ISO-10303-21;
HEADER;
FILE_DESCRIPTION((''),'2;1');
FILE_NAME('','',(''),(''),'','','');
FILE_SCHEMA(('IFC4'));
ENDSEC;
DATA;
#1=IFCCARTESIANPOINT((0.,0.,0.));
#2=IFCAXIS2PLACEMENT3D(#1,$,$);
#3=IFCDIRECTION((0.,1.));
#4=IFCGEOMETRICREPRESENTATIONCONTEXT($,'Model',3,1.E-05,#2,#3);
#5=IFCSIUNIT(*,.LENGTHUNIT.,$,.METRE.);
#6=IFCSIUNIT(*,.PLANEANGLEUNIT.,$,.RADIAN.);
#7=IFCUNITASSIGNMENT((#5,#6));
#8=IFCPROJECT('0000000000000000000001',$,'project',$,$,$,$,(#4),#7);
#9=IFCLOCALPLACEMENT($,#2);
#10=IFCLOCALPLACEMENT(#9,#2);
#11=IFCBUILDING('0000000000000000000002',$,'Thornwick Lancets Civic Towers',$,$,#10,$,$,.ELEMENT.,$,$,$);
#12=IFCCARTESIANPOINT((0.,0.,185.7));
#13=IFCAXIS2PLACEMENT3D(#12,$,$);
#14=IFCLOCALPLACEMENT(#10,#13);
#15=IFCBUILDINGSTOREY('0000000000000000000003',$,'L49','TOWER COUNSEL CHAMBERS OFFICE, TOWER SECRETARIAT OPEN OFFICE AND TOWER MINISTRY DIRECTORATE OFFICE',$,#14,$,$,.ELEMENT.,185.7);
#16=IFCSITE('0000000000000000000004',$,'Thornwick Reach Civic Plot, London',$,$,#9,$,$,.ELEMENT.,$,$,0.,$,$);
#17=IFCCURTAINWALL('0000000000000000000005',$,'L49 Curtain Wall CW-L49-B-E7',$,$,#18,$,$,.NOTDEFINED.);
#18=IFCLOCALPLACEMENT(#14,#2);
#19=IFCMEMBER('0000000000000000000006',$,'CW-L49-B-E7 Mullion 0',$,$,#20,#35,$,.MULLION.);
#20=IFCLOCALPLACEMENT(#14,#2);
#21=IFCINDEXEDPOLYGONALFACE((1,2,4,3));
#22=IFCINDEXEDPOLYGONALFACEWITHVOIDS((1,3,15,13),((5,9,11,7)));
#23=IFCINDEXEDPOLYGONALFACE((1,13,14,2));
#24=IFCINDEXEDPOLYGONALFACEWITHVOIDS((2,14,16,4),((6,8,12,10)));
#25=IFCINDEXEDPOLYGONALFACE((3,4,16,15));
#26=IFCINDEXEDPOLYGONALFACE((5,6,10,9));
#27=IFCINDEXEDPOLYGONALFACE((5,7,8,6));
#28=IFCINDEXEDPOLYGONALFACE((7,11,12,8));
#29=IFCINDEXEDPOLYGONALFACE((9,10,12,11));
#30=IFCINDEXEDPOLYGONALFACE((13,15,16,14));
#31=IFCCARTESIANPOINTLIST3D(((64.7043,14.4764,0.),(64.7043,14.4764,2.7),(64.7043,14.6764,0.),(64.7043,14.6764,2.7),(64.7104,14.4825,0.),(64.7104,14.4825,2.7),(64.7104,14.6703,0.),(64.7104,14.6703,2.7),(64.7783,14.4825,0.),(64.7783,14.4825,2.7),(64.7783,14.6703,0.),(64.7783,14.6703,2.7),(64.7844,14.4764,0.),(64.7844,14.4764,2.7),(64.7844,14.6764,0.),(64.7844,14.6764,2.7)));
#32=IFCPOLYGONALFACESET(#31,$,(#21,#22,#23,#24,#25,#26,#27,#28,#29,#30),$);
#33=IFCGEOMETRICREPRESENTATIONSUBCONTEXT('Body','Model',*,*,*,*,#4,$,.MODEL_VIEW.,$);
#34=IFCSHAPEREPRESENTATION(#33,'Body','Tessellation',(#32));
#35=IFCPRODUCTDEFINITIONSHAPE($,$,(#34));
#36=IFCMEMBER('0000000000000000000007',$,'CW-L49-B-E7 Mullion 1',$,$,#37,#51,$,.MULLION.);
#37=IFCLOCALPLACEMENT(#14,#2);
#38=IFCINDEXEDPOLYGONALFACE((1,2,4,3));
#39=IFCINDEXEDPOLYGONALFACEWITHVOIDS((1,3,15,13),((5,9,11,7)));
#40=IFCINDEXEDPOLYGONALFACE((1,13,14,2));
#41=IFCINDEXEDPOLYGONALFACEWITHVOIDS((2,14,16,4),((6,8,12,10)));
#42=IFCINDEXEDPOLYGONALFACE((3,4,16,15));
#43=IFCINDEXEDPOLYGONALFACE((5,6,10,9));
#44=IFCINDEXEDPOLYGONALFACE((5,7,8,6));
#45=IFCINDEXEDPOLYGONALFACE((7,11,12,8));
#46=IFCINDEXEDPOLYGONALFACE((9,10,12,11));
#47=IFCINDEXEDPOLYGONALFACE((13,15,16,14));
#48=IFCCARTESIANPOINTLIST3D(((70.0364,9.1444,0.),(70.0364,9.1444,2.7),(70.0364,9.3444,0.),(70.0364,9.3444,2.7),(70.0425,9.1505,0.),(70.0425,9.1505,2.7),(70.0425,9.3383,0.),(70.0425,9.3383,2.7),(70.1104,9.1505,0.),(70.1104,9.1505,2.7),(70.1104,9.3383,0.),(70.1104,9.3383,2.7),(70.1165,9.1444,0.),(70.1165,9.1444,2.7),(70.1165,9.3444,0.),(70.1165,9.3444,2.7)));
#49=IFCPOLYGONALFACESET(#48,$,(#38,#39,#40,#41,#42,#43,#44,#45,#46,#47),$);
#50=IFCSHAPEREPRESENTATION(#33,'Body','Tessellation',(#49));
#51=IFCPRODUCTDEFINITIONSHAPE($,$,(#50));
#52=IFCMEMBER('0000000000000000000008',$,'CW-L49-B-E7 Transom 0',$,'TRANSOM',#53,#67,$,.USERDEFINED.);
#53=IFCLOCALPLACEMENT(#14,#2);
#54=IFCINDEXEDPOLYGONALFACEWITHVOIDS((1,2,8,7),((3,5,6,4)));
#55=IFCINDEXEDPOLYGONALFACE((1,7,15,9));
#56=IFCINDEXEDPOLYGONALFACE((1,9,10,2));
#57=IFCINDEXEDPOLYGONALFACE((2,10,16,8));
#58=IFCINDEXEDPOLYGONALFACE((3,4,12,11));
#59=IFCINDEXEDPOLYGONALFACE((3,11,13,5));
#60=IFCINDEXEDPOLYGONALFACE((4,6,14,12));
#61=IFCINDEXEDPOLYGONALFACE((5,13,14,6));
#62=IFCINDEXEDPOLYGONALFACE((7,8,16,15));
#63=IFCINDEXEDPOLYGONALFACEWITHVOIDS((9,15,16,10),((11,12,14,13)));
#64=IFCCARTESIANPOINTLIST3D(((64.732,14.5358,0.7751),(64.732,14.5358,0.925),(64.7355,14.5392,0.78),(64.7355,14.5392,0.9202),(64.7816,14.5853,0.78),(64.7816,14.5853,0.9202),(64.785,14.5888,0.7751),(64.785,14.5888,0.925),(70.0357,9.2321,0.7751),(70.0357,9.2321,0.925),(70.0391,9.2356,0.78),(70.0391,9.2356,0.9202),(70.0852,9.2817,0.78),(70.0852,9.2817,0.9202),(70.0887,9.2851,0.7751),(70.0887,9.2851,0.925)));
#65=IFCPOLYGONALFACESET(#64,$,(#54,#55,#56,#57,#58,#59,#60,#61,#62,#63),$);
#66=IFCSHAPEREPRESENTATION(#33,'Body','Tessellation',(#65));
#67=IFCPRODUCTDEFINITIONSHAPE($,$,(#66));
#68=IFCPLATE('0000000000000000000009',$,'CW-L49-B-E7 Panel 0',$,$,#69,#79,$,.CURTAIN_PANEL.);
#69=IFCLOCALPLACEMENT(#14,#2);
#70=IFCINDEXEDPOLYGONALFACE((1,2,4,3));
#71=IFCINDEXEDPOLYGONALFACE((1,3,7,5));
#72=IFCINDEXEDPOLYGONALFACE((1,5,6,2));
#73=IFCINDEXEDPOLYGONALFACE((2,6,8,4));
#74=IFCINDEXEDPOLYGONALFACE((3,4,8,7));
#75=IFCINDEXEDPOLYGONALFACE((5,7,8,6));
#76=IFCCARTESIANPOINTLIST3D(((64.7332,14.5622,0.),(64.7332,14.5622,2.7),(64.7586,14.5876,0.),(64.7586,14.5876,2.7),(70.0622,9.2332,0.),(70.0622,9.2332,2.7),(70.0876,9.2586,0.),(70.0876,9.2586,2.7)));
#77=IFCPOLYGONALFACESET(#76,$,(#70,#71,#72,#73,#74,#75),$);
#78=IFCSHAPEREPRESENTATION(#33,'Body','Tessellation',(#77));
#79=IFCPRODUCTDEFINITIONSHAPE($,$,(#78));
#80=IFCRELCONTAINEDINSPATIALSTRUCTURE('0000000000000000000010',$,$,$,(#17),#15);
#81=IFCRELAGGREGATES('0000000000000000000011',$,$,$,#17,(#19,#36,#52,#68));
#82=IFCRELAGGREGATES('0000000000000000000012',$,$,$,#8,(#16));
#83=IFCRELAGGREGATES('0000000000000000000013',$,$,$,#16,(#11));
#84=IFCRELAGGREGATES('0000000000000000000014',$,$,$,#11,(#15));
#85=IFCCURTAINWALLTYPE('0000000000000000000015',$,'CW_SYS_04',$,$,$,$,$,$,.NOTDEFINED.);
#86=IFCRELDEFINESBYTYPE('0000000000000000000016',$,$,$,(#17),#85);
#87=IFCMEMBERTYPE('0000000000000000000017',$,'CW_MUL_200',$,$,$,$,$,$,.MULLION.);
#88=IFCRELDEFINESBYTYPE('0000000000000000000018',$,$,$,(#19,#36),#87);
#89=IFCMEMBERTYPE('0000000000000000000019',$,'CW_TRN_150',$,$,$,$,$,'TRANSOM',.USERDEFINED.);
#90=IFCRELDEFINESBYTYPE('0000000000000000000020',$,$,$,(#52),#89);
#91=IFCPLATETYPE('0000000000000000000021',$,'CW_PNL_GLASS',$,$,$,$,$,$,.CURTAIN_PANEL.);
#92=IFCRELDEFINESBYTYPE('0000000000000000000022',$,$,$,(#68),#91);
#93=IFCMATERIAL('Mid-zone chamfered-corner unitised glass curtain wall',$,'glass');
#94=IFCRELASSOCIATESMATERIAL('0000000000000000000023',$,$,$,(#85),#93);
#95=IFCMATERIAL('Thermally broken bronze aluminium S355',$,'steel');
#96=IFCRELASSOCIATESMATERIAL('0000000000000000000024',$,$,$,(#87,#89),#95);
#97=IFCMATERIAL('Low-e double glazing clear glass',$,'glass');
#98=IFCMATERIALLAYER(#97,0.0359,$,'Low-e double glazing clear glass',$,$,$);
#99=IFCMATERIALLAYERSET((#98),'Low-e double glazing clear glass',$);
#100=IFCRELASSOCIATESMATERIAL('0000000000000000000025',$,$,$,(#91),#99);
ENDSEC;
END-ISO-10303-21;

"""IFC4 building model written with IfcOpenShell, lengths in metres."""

from ifc_helpers import new_model, si_unit, direction, frame, origin, origin_2d, place, context, subcontext, project, spatial, rectangle, hollow_rectangle, extrude, material, layer, layer_set, material_profile, profile_set, type_object, element, aggregate, save


model = new_model("IFC4")

# Units and contexts
model_context = context("Model", 3, precision=1e-05, world=origin(), true_north=direction((0.0, 1.0)))
body_context = subcontext(model_context, "Body", "Model", "MODEL_VIEW")
ifc_project = project(units=[si_unit("LENGTHUNIT", "METRE"), si_unit("PLANEANGLEUNIT", "RADIAN")], contexts=[model_context])

# Site, building, storey
site_placement = place(None, origin())
site = spatial("IfcSite", under=ifc_project, at=site_placement, Name="Thornwick Reach Civic Plot, London", CompositionType="ELEMENT", RefElevation=0.0)
building_placement = place(site_placement, origin())
building = spatial("IfcBuilding", under=site, at=building_placement, Name="Thornwick Lancets Civic Towers", CompositionType="ELEMENT")
storey_placement = place(building_placement, frame((0.0, 0.0, 185.7)))
storey = spatial("IfcBuildingStorey", under=building, at=storey_placement, Name="L49", Description="TOWER COUNSEL CHAMBERS OFFICE, TOWER SECRETARIAT OPEN OFFICE AND TOWER MINISTRY DIRECTORATE OFFICE", CompositionType="ELEMENT", Elevation=185.7)

# Shared definitions
ifc_material_1 = material(Name="Mid-zone chamfered-corner unitised glass curtain wall", Category="glass")
curtain_wall_type = type_object("IfcCurtainWallType", Name="CW_SYS_04", PredefinedType="NOTDEFINED", material=ifc_material_1)
ifc_material_2 = material(Name="Thermally broken bronze aluminium S355", Category="steel")
ifc_material_profile_1 = material_profile(ifc_material_2, hollow_rectangle(XDim=0.0801, YDim=0.2, WallThickness=0.0061, at=origin_2d()), Name="RHS 200x80x6")
ifc_profile_set_1 = profile_set([ifc_material_profile_1], Name="Thermally broken bronze aluminium S355")
member_type_1 = type_object("IfcMemberType", Name="CW_MUL_200", PredefinedType="MULLION", material=ifc_profile_set_1)

# Curtain wall, members, plate
curtain_wall_1_placement = place(storey_placement, origin())
curtain_wall_1 = element("IfcCurtainWall", 1, at=curtain_wall_1_placement, inside=storey, type_object=curtain_wall_type, Name="L49 Curtain Wall CW-L49-B-E7", PredefinedType="NOTDEFINED")
member_1_placement = place(storey_placement, frame((64.7444, 14.5764, 0.0), z_axis=(0.0, 0.0, 1.0), x_axis=(1.0, 0.0, 0.0)))
member_1 = element("IfcMember", 2, at=member_1_placement, type_object=member_type_1, Name="CW-L49-B-E7 Mullion 0", PredefinedType="MULLION", context=body_context, shape_type="SweptSolid", body=[
    extrude(hollow_rectangle(XDim=0.0801, YDim=0.2, WallThickness=0.0061, at=origin_2d()), origin(), (0.0, 0.0, 1.0), 2.7),
])
member_2_placement = place(storey_placement, frame((70.0764, 9.2444, 0.0), z_axis=(0.0, 0.0, 1.0), x_axis=(1.0, 0.0, 0.0)))
member_2 = element("IfcMember", 3, at=member_2_placement, type_object=member_type_1, Name="CW-L49-B-E7 Mullion 1", PredefinedType="MULLION", context=body_context, shape_type="SweptSolid", body=[
    extrude(hollow_rectangle(XDim=0.0801, YDim=0.2, WallThickness=0.0061, at=origin_2d()), origin(), (0.0, 0.0, 1.0), 2.7),
])
ifc_material_profile_2 = material_profile(ifc_material_2, hollow_rectangle(XDim=0.075, YDim=0.1499, WallThickness=0.0049, at=origin_2d()), Name="RHS 150x75x5")
ifc_profile_set_2 = profile_set([ifc_material_profile_2], Name="Thermally broken bronze aluminium S355")
member_type_2 = type_object("IfcMemberType", Name="CW_TRN_150", ElementType="TRANSOM", PredefinedType="USERDEFINED", material=ifc_profile_set_2)
member_3_placement = place(storey_placement, frame((64.7585, 14.5623, 0.8501), z_axis=(0.707107, -0.707107, 0.0), x_axis=(0.707107, 0.707107, 0.0)))
member_3 = element("IfcMember", 4, at=member_3_placement, type_object=member_type_2, Name="CW-L49-B-E7 Transom 0", ObjectType="TRANSOM", PredefinedType="USERDEFINED", context=body_context, shape_type="SweptSolid", body=[
    extrude(hollow_rectangle(XDim=0.075, YDim=0.1499, WallThickness=0.0049, at=origin_2d()), origin(), (0.0, 0.0, 1.0), 7.5005),
])
ifc_material_3 = material(Name="Low-e double glazing clear glass", Category="glass")
ifc_layer_1 = layer(ifc_material_3, 0.0359, Name="Low-e double glazing clear glass")
ifc_layer_set_1 = layer_set([ifc_layer_1], Name="Low-e double glazing clear glass")
plate_type = type_object("IfcPlateType", Name="CW_PNL_GLASS", PredefinedType="CURTAIN_PANEL", material=ifc_layer_set_1)
plate_placement = place(storey_placement, frame((67.4104, 11.9104, 0.0), z_axis=(0.0, 0.0, 1.0), x_axis=(0.707107, -0.707107, 0.0)))
plate = element("IfcPlate", 5, at=plate_placement, type_object=plate_type, Name="CW-L49-B-E7 Panel 0", PredefinedType="CURTAIN_PANEL", context=body_context, shape_type="SweptSolid", body=[
    extrude(rectangle(XDim=7.5364, YDim=0.0359, at=origin_2d()), origin(), (0.0, 0.0, 1.0), 2.7),
])
aggregate(curtain_wall_1, [member_1, member_2, member_3, plate])

save(model, "model.ifc")
